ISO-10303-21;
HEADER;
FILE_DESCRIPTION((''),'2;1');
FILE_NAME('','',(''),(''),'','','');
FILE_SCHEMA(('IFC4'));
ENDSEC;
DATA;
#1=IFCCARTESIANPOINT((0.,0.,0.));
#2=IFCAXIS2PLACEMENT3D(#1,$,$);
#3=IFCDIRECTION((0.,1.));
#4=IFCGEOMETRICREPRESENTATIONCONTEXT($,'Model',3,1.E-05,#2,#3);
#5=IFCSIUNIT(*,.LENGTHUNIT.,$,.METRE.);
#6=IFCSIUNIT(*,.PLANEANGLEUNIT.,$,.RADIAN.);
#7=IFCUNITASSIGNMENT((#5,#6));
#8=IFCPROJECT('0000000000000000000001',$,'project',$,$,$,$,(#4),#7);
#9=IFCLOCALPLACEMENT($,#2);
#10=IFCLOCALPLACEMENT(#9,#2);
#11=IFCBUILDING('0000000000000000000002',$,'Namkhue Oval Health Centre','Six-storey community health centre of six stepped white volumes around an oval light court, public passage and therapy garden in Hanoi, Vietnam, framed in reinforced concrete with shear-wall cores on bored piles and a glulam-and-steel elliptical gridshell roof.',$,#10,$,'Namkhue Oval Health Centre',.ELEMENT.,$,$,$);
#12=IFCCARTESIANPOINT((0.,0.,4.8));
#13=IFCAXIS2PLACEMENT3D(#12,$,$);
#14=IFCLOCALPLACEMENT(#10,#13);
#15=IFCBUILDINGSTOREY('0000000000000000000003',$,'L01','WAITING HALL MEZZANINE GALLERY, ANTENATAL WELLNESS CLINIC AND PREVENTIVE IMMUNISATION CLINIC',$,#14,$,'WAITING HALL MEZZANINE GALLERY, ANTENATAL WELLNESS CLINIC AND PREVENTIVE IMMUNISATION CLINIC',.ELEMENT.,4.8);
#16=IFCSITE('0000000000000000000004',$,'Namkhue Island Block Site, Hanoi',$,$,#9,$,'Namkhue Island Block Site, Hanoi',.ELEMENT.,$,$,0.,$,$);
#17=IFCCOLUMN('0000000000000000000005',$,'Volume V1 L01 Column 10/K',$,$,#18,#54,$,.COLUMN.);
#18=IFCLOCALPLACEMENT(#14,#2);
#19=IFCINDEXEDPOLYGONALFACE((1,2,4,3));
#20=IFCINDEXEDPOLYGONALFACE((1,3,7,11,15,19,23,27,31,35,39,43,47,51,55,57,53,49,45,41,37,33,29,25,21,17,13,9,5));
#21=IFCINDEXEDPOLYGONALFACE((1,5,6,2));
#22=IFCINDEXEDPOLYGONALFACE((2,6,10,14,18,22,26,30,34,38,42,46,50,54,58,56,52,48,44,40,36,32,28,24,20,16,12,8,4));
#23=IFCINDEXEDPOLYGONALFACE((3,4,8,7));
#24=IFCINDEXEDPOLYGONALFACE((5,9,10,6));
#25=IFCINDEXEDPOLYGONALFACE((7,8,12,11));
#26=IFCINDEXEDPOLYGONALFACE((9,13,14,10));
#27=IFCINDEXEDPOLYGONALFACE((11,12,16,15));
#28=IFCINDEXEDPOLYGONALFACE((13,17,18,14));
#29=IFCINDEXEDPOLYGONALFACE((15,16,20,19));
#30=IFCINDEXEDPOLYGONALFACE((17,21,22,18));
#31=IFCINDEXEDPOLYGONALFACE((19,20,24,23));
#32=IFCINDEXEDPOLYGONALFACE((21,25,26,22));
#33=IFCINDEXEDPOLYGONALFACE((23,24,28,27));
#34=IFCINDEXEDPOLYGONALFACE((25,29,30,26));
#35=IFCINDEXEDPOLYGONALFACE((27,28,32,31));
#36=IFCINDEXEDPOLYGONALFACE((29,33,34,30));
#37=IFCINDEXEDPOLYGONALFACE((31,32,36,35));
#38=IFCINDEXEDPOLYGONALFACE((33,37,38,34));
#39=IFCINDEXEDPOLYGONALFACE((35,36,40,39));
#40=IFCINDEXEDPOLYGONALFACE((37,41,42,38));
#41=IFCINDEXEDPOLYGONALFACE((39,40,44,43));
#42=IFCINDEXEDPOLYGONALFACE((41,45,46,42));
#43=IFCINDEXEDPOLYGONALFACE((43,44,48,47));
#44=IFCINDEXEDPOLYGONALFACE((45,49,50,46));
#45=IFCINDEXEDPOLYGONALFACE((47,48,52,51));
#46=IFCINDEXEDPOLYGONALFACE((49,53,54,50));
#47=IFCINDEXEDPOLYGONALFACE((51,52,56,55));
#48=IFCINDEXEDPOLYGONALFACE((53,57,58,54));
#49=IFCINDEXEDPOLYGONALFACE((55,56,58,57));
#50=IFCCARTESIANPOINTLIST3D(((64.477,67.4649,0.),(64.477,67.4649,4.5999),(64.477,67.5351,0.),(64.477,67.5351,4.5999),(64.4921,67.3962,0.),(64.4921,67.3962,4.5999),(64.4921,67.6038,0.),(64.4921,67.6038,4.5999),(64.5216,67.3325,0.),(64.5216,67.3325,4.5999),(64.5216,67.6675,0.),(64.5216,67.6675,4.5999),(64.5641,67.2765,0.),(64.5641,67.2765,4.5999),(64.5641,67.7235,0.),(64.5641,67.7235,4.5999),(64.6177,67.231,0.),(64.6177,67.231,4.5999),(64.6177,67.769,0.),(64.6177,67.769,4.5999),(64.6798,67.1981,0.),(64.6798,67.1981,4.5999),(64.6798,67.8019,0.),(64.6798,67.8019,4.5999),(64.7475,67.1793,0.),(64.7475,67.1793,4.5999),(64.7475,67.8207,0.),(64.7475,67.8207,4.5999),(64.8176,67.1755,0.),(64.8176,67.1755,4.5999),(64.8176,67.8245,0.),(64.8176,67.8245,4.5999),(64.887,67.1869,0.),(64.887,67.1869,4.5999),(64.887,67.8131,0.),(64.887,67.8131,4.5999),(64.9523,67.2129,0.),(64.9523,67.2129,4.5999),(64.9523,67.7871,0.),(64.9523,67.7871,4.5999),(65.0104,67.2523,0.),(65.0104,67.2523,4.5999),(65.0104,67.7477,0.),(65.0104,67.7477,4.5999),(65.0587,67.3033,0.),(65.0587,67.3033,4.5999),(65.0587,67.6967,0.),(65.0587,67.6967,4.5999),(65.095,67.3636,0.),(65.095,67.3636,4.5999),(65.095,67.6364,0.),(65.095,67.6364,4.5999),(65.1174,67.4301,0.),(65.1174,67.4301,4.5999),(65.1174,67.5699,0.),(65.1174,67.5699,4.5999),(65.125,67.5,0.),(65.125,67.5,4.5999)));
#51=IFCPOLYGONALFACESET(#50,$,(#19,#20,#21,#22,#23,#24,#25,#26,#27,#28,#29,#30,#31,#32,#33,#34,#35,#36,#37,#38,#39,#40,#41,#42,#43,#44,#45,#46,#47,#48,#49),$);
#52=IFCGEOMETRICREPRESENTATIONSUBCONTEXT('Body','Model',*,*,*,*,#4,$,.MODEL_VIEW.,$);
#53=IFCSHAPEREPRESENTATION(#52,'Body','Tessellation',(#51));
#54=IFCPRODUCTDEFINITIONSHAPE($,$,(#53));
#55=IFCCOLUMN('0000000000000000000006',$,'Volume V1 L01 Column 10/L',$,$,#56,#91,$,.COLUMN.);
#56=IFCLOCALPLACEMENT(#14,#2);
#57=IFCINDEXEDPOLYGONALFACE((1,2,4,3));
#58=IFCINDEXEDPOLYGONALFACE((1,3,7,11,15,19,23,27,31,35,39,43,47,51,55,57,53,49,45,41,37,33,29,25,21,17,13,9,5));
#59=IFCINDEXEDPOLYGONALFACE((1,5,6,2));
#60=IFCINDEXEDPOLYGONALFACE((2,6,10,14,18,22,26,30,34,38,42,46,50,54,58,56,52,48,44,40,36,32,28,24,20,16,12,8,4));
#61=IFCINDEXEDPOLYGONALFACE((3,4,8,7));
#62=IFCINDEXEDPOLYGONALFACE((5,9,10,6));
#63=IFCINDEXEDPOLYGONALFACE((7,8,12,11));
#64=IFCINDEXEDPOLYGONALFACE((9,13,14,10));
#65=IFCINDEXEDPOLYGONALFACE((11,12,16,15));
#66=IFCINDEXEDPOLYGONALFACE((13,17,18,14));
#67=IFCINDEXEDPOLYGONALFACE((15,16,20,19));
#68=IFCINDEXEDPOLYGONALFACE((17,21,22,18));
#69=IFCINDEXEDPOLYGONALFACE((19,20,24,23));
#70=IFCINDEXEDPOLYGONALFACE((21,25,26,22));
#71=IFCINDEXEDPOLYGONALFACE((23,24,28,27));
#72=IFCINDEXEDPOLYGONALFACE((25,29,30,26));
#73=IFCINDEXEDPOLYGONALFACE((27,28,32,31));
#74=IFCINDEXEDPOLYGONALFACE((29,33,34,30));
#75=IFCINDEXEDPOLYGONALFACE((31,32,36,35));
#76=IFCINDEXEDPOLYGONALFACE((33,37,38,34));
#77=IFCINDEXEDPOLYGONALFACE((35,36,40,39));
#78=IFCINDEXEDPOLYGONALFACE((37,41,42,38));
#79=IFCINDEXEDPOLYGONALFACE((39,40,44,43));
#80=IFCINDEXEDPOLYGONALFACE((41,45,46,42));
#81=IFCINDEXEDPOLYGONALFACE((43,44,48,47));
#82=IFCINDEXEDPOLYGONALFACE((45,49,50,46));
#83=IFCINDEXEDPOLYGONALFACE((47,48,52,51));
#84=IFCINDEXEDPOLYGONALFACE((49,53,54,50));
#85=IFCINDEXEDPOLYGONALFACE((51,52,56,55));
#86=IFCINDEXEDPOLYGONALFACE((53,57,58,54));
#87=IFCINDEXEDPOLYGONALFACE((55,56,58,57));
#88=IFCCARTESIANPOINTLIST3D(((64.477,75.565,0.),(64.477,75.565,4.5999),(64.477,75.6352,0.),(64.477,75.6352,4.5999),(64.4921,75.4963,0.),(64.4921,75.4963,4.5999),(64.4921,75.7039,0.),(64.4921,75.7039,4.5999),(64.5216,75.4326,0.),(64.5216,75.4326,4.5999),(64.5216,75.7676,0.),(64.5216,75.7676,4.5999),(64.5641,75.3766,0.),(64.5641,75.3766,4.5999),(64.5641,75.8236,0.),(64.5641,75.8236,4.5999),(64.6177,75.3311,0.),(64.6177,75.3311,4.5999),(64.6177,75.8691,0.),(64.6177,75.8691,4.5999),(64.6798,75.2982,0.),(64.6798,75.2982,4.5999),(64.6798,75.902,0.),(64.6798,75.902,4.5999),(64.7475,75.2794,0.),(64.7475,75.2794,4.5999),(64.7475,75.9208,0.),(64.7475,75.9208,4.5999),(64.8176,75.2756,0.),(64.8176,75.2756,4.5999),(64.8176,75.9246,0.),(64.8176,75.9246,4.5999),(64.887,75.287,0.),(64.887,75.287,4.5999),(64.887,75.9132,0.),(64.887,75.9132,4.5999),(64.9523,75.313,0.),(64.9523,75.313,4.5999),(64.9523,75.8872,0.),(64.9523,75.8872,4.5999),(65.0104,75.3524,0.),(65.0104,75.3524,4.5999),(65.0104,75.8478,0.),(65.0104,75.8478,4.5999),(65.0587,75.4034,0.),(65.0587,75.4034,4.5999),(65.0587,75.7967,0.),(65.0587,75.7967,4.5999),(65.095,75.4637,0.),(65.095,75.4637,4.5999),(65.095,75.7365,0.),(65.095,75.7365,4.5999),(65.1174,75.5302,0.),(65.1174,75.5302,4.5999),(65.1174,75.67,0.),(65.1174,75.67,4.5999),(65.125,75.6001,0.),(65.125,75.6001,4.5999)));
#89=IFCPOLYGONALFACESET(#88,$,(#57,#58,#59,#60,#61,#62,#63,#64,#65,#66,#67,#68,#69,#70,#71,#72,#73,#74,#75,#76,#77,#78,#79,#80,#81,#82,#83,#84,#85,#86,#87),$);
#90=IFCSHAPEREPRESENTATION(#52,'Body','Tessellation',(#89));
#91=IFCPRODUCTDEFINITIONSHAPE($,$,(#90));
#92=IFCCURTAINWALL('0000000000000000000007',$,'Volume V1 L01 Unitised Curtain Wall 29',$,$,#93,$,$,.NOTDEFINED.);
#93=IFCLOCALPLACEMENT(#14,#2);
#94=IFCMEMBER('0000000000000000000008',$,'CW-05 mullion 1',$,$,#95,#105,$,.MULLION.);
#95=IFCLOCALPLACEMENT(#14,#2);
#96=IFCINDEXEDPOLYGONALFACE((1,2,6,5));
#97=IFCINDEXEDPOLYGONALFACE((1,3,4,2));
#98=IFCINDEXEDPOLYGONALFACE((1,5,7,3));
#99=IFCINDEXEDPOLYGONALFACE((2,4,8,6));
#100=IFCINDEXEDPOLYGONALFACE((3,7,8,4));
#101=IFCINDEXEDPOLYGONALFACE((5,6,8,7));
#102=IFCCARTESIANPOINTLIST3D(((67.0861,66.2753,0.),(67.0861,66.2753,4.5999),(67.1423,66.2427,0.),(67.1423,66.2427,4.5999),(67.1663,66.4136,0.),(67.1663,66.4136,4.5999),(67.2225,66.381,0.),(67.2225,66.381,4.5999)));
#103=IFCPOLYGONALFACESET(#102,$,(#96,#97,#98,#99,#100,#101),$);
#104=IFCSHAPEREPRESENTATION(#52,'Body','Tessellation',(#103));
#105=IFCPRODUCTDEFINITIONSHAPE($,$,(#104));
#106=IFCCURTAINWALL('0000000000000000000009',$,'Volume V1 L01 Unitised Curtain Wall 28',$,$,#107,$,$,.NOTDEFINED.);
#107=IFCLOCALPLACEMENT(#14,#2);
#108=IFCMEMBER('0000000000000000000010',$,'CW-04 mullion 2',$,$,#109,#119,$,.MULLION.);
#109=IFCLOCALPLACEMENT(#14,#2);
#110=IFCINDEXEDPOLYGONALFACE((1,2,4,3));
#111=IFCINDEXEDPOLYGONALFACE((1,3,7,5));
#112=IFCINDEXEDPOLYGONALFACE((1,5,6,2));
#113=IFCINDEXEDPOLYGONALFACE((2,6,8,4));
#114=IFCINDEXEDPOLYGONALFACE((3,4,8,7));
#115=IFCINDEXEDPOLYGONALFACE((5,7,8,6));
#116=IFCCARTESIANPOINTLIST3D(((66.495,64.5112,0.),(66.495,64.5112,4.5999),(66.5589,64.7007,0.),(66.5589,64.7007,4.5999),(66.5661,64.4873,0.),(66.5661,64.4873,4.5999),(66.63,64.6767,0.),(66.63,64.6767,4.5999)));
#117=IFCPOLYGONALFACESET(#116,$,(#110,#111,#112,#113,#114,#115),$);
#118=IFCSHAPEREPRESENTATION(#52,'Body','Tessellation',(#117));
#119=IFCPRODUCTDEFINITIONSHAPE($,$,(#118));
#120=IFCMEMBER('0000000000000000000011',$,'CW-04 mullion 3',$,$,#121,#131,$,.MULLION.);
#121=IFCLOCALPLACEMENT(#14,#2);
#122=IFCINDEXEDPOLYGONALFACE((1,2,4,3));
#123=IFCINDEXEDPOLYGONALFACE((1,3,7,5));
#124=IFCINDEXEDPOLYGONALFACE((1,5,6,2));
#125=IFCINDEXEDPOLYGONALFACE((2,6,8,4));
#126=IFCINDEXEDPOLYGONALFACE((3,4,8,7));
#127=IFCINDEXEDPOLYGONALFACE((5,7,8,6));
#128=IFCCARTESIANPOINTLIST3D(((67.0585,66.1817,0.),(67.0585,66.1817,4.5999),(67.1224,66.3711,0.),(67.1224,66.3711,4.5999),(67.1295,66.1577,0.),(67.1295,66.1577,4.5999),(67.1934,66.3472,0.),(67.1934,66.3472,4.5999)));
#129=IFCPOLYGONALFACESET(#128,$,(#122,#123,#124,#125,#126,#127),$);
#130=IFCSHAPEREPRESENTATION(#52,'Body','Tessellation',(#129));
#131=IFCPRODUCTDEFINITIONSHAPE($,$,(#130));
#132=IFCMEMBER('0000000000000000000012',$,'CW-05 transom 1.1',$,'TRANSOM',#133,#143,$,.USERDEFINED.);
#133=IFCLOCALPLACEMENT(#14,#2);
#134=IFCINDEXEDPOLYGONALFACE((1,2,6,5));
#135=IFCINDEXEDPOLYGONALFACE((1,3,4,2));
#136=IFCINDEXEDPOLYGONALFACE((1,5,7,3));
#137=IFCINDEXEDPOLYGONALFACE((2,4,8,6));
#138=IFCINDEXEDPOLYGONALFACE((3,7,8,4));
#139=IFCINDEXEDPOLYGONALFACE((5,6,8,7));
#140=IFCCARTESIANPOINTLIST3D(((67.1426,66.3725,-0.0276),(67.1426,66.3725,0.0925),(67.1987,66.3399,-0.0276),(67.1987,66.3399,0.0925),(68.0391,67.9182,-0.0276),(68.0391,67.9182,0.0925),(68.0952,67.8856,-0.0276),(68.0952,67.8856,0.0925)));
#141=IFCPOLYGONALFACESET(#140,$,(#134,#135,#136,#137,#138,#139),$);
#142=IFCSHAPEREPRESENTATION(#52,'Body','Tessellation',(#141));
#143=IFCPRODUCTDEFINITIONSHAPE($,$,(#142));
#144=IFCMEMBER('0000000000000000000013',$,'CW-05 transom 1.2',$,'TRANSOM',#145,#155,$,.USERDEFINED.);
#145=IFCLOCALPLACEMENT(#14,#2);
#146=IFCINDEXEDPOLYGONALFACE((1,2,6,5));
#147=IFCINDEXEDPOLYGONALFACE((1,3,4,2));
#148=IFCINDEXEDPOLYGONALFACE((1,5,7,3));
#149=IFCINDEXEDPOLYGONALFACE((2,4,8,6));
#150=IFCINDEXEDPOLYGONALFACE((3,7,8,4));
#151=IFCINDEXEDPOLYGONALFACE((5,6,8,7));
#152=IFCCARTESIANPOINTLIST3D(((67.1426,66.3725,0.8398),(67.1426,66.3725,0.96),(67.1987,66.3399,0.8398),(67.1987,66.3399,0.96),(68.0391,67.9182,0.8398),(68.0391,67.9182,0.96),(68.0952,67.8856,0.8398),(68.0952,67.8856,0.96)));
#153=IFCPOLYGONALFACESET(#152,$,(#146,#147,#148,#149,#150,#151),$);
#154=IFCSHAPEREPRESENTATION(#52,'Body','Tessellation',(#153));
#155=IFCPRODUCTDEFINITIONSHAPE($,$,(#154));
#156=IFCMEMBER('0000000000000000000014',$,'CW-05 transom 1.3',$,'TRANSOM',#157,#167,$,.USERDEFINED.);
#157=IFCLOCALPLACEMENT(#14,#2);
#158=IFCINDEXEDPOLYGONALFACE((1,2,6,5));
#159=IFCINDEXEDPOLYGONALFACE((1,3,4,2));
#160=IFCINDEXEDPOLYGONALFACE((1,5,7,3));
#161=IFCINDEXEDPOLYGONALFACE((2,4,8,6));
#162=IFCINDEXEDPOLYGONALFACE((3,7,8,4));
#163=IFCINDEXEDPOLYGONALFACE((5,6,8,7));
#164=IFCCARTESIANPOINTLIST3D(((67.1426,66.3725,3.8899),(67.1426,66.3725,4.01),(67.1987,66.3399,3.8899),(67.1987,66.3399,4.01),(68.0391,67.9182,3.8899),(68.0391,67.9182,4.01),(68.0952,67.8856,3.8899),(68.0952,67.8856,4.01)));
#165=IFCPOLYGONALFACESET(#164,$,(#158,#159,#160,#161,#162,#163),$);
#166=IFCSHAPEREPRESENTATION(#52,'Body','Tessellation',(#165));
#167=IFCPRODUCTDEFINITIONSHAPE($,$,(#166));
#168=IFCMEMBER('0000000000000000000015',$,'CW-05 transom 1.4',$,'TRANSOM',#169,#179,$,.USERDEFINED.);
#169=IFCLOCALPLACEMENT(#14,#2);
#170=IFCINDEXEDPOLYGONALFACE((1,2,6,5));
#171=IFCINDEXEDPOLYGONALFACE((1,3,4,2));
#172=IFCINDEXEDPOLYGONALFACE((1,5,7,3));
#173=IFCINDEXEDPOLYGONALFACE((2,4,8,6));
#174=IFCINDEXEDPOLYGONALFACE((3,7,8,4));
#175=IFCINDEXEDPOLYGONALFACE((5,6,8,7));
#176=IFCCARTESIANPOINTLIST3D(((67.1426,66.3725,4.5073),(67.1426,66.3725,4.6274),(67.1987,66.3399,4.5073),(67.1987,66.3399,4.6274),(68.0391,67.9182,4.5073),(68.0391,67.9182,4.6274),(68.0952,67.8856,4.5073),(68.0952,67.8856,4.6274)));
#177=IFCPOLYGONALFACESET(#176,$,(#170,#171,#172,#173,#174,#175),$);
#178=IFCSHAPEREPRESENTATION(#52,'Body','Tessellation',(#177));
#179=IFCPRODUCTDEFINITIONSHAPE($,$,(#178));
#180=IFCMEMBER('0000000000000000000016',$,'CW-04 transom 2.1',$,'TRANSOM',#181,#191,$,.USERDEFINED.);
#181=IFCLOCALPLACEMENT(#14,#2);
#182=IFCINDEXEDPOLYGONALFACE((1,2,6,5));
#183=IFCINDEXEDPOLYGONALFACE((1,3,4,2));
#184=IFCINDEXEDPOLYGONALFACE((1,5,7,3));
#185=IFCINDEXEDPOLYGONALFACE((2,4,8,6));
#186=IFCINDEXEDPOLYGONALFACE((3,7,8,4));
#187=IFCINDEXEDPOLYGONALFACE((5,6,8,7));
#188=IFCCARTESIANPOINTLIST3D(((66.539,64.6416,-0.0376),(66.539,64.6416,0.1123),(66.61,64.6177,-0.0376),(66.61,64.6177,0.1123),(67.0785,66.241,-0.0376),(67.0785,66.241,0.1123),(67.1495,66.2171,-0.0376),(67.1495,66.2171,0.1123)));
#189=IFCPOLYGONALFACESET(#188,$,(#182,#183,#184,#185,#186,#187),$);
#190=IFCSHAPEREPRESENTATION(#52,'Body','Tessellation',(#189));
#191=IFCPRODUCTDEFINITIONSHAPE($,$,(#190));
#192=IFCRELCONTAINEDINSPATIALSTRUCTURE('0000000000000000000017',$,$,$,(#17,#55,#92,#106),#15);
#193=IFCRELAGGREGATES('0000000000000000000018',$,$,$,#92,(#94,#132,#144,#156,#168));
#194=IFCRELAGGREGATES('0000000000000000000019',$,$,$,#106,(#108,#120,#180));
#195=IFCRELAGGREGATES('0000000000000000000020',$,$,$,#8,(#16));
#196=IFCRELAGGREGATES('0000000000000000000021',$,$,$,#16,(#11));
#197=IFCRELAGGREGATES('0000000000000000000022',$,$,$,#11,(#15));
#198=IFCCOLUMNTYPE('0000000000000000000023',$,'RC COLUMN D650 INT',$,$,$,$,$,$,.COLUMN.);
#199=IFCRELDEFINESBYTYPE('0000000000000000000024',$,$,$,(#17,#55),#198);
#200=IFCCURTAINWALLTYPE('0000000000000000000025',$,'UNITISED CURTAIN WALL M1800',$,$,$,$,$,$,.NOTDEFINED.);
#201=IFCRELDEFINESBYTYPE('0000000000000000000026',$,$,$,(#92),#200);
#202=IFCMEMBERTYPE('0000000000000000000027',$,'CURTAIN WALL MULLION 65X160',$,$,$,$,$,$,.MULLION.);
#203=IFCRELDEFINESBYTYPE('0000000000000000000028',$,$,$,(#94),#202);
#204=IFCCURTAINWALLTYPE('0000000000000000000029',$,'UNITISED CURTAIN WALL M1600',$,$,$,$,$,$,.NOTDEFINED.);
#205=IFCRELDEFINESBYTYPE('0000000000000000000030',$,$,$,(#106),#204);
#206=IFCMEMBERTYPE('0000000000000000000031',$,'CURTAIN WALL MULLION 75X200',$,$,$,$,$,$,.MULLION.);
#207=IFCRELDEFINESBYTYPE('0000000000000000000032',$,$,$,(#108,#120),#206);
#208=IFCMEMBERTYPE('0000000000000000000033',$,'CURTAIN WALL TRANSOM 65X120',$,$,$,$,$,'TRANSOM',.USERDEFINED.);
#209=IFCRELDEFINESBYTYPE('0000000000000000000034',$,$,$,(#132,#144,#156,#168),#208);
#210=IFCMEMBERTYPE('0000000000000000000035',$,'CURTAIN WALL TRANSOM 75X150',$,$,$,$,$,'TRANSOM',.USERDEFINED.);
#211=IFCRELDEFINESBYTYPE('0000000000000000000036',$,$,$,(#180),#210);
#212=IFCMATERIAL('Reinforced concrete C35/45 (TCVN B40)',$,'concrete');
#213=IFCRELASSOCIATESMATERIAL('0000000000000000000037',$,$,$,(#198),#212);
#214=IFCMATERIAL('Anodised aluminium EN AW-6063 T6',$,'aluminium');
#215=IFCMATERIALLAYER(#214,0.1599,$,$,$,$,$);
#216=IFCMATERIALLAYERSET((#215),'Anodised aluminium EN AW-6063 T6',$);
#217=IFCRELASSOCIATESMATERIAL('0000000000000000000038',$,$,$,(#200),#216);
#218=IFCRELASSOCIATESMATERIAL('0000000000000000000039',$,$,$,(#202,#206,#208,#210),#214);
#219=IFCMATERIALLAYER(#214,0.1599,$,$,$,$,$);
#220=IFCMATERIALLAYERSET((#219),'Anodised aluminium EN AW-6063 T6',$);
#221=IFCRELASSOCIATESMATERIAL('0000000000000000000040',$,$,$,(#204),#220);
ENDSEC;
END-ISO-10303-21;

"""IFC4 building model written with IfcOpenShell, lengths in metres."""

from ifc_helpers import new_model, si_unit, direction, frame, origin, origin_2d, place, context, subcontext, project, spatial, rectangle, circle, extrude, material, layer, layer_set, material_profile, profile_set, type_object, element, aggregate, save


model = new_model("IFC4")

# Units and contexts
model_context = context("Model", 3, precision=1e-05, world=origin(), true_north=direction((0.0, 1.0)))
body_context = subcontext(model_context, "Body", "Model", "MODEL_VIEW")
ifc_project = project(units=[si_unit("LENGTHUNIT", "METRE"), si_unit("PLANEANGLEUNIT", "RADIAN")], contexts=[model_context])

# Site, building, storey
site_placement = place(None, origin())
site = spatial("IfcSite", under=ifc_project, at=site_placement, Name="Namkhue Island Block Site, Hanoi", LongName="Namkhue Island Block Site, Hanoi", CompositionType="ELEMENT", RefElevation=0.0)
building_placement = place(site_placement, origin())
building = spatial("IfcBuilding", under=site, at=building_placement, Name="Namkhue Oval Health Centre", Description="Six-storey community health centre of six stepped white volumes around an oval light court, public passage and therapy garden in Hanoi, Vietnam, framed in reinforced concrete with shear-wall cores on bored piles and a glulam-and-steel elliptical gridshell roof.", LongName="Namkhue Oval Health Centre", CompositionType="ELEMENT")
storey_placement = place(building_placement, frame((0.0, 0.0, 4.8)))
storey = spatial("IfcBuildingStorey", under=building, at=storey_placement, Name="L01", Description="WAITING HALL MEZZANINE GALLERY, ANTENATAL WELLNESS CLINIC AND PREVENTIVE IMMUNISATION CLINIC", LongName="WAITING HALL MEZZANINE GALLERY, ANTENATAL WELLNESS CLINIC AND PREVENTIVE IMMUNISATION CLINIC", CompositionType="ELEMENT", Elevation=4.8)

# Columns
ifc_material_1 = material(Name="Reinforced concrete C35/45 (TCVN B40)", Category="concrete")
ifc_material_profile_1 = material_profile(ifc_material_1, circle(Radius=0.325, at=origin_2d()), Name="RC D650")
ifc_profile_set_1 = profile_set([ifc_material_profile_1], Name="Reinforced concrete C35/45 (TCVN B40)")
column_type = type_object("IfcColumnType", Name="RC COLUMN D650 INT", PredefinedType="COLUMN", material=ifc_profile_set_1)
for number, where, z_axis, x_axis, name in (
    (1, (64.8, 67.5, 0.0), (0.0, 0.0, 1.0), (1.0, 0.0, 0.0), "Volume V1 L01 Column 10/K"),
    (2, (64.8, 75.6001, 0.0), (0.0, 0.0, 1.0), (1.0, 0.0, 0.0), "Volume V1 L01 Column 10/L"),
):
    element("IfcColumn", number, at=place(storey_placement, frame(where, z_axis=z_axis, x_axis=x_axis)), inside=storey, type_object=column_type, Name=name, PredefinedType="COLUMN", context=body_context, shape_type="SweptSolid", body=[
        extrude(circle(Radius=0.325, at=origin_2d()), origin(), (0.0, 0.0, 1.0), 4.5999),
    ])

# Curtain wall, member
ifc_material_2 = material(Name="Anodised aluminium EN AW-6063 T6", Category="aluminium")
ifc_layer_1 = layer(ifc_material_2, 0.1599)
ifc_layer_set_1 = layer_set([ifc_layer_1], Name="Anodised aluminium EN AW-6063 T6")
curtain_wall_type_1 = type_object("IfcCurtainWallType", Name="UNITISED CURTAIN WALL M1800", PredefinedType="NOTDEFINED", material=ifc_layer_set_1)
curtain_wall_1_placement = place(storey_placement, origin())
curtain_wall_1 = element("IfcCurtainWall", 3, at=curtain_wall_1_placement, inside=storey, type_object=curtain_wall_type_1, Name="Volume V1 L01 Unitised Curtain Wall 29", PredefinedType="NOTDEFINED")
ifc_material_profile_2 = material_profile(ifc_material_2, rectangle(XDim=0.0649, YDim=0.1599, at=origin_2d()), Name="ALU 65x160")
ifc_profile_set_2 = profile_set([ifc_material_profile_2], Name="Anodised aluminium EN AW-6063 T6")
member_type_1 = type_object("IfcMemberType", Name="CURTAIN WALL MULLION 65X160", PredefinedType="MULLION", material=ifc_profile_set_2)
member_1_placement = place(storey_placement, frame((67.1543, 66.3281, 0.0), z_axis=(0.0, 0.0, 1.0), x_axis=(-0.865008, 0.501758, 0.0)))
member_1 = element("IfcMember", 4, at=member_1_placement, type_object=member_type_1, Name="CW-05 mullion 1", PredefinedType="MULLION", context=body_context, shape_type="SweptSolid", body=[
    extrude(rectangle(XDim=0.0649, YDim=0.1599, at=origin_2d()), origin(), (0.0, 0.0, 1.0), 4.5999),
])

# Curtain wall, members
ifc_layer_2 = layer(ifc_material_2, 0.1599)
ifc_layer_set_2 = layer_set([ifc_layer_2], Name="Anodised aluminium EN AW-6063 T6")
curtain_wall_type_2 = type_object("IfcCurtainWallType", Name="UNITISED CURTAIN WALL M1600", PredefinedType="NOTDEFINED", material=ifc_layer_set_2)
curtain_wall_2_placement = place(storey_placement, origin())
curtain_wall_2 = element("IfcCurtainWall", 5, at=curtain_wall_2_placement, inside=storey, type_object=curtain_wall_type_2, Name="Volume V1 L01 Unitised Curtain Wall 28", PredefinedType="NOTDEFINED")
ifc_material_profile_3 = material_profile(ifc_material_2, rectangle(XDim=0.075, YDim=0.2, at=origin_2d()), Name="ALU 75x200")
ifc_profile_set_3 = profile_set([ifc_material_profile_3], Name="Anodised aluminium EN AW-6063 T6")
member_type_2 = type_object("IfcMemberType", Name="CURTAIN WALL MULLION 75X200", PredefinedType="MULLION", material=ifc_profile_set_3)
member_2_placement = place(storey_placement, frame((66.5625, 64.594, 0.0), z_axis=(0.0, 0.0, 1.0), x_axis=(-0.947539, 0.319642, 0.0)))
member_2 = element("IfcMember", 6, at=member_2_placement, type_object=member_type_2, Name="CW-04 mullion 2", PredefinedType="MULLION", context=body_context, shape_type="SweptSolid", body=[
    extrude(rectangle(XDim=0.075, YDim=0.2, at=origin_2d()), origin(), (0.0, 0.0, 1.0), 4.5999),
])
member_3_placement = place(storey_placement, frame((67.126, 66.2644, 0.0), z_axis=(0.0, 0.0, 1.0), x_axis=(-0.947539, 0.319642, 0.0)))
member_3 = element("IfcMember", 7, at=member_3_placement, type_object=member_type_2, Name="CW-04 mullion 3", PredefinedType="MULLION", context=body_context, shape_type="SweptSolid", body=[
    extrude(rectangle(XDim=0.075, YDim=0.2, at=origin_2d()), origin(), (0.0, 0.0, 1.0), 4.5999),
])

# Members
ifc_material_profile_4 = material_profile(ifc_material_2, rectangle(XDim=0.0649, YDim=0.1201, at=origin_2d()), Name="ALU 65x120")
ifc_profile_set_4 = profile_set([ifc_material_profile_4], Name="Anodised aluminium EN AW-6063 T6")
member_type_3 = type_object("IfcMemberType", Name="CURTAIN WALL TRANSOM 65X120", ElementType="TRANSOM", PredefinedType="USERDEFINED", material=ifc_profile_set_4)
member_4_placement = place(storey_placement, frame((67.1707, 66.3562, 0.0325), z_axis=(0.50172, 0.86503, 0.0), x_axis=(-0.86503, 0.50172, 0.0)))
member_4 = element("IfcMember", 8, at=member_4_placement, type_object=member_type_3, Name="CW-05 transom 1.1", ObjectType="TRANSOM", PredefinedType="USERDEFINED", context=body_context, shape_type="SweptSolid", body=[
    extrude(rectangle(XDim=0.0649, YDim=0.1201, at=origin_2d()), origin(), (0.0, 0.0, 1.0), 1.7869),
])
member_5_placement = place(storey_placement, frame((67.1707, 66.3562, 0.8999), z_axis=(0.50172, 0.86503, 0.0), x_axis=(-0.86503, 0.50172, 0.0)))
member_5 = element("IfcMember", 9, at=member_5_placement, type_object=member_type_3, Name="CW-05 transom 1.2", ObjectType="TRANSOM", PredefinedType="USERDEFINED", context=body_context, shape_type="SweptSolid", body=[
    extrude(rectangle(XDim=0.0649, YDim=0.1201, at=origin_2d()), origin(), (0.0, 0.0, 1.0), 1.7869),
])
member_6_placement = place(storey_placement, frame((67.1707, 66.3562, 3.95), z_axis=(0.50172, 0.86503, 0.0), x_axis=(-0.86503, 0.50172, 0.0)))
member_6 = element("IfcMember", 10, at=member_6_placement, type_object=member_type_3, Name="CW-05 transom 1.3", ObjectType="TRANSOM", PredefinedType="USERDEFINED", context=body_context, shape_type="SweptSolid", body=[
    extrude(rectangle(XDim=0.0649, YDim=0.1201, at=origin_2d()), origin(), (0.0, 0.0, 1.0), 1.7869),
])
member_7_placement = place(storey_placement, frame((67.1707, 66.3562, 4.5674), z_axis=(0.50172, 0.86503, 0.0), x_axis=(-0.86503, 0.50172, 0.0)))
member_7 = element("IfcMember", 11, at=member_7_placement, type_object=member_type_3, Name="CW-05 transom 1.4", ObjectType="TRANSOM", PredefinedType="USERDEFINED", context=body_context, shape_type="SweptSolid", body=[
    extrude(rectangle(XDim=0.0649, YDim=0.1201, at=origin_2d()), origin(), (0.0, 0.0, 1.0), 1.7869),
])
ifc_material_profile_5 = material_profile(ifc_material_2, rectangle(XDim=0.075, YDim=0.1499, at=origin_2d()), Name="ALU 75x150")
ifc_profile_set_5 = profile_set([ifc_material_profile_5], Name="Anodised aluminium EN AW-6063 T6")
member_type_4 = type_object("IfcMemberType", Name="CURTAIN WALL TRANSOM 75X150", ElementType="TRANSOM", PredefinedType="USERDEFINED", material=ifc_profile_set_5)
member_8_placement = place(storey_placement, frame((66.5745, 64.6296, 0.0374), z_axis=(0.319654, 0.947534, 0.0), x_axis=(-0.947534, 0.319654, 0.0)))
member_8 = element("IfcMember", 12, at=member_8_placement, type_object=member_type_4, Name="CW-04 transom 2.1", ObjectType="TRANSOM", PredefinedType="USERDEFINED", context=body_context, shape_type="SweptSolid", body=[
    extrude(rectangle(XDim=0.075, YDim=0.1499, at=origin_2d()), origin(), (0.0, 0.0, 1.0), 1.688),
])

aggregate(curtain_wall_1, [member_1, member_4, member_5, member_6, member_7])
aggregate(curtain_wall_2, [member_2, member_3, member_8])

save(model, "model.ifc")
